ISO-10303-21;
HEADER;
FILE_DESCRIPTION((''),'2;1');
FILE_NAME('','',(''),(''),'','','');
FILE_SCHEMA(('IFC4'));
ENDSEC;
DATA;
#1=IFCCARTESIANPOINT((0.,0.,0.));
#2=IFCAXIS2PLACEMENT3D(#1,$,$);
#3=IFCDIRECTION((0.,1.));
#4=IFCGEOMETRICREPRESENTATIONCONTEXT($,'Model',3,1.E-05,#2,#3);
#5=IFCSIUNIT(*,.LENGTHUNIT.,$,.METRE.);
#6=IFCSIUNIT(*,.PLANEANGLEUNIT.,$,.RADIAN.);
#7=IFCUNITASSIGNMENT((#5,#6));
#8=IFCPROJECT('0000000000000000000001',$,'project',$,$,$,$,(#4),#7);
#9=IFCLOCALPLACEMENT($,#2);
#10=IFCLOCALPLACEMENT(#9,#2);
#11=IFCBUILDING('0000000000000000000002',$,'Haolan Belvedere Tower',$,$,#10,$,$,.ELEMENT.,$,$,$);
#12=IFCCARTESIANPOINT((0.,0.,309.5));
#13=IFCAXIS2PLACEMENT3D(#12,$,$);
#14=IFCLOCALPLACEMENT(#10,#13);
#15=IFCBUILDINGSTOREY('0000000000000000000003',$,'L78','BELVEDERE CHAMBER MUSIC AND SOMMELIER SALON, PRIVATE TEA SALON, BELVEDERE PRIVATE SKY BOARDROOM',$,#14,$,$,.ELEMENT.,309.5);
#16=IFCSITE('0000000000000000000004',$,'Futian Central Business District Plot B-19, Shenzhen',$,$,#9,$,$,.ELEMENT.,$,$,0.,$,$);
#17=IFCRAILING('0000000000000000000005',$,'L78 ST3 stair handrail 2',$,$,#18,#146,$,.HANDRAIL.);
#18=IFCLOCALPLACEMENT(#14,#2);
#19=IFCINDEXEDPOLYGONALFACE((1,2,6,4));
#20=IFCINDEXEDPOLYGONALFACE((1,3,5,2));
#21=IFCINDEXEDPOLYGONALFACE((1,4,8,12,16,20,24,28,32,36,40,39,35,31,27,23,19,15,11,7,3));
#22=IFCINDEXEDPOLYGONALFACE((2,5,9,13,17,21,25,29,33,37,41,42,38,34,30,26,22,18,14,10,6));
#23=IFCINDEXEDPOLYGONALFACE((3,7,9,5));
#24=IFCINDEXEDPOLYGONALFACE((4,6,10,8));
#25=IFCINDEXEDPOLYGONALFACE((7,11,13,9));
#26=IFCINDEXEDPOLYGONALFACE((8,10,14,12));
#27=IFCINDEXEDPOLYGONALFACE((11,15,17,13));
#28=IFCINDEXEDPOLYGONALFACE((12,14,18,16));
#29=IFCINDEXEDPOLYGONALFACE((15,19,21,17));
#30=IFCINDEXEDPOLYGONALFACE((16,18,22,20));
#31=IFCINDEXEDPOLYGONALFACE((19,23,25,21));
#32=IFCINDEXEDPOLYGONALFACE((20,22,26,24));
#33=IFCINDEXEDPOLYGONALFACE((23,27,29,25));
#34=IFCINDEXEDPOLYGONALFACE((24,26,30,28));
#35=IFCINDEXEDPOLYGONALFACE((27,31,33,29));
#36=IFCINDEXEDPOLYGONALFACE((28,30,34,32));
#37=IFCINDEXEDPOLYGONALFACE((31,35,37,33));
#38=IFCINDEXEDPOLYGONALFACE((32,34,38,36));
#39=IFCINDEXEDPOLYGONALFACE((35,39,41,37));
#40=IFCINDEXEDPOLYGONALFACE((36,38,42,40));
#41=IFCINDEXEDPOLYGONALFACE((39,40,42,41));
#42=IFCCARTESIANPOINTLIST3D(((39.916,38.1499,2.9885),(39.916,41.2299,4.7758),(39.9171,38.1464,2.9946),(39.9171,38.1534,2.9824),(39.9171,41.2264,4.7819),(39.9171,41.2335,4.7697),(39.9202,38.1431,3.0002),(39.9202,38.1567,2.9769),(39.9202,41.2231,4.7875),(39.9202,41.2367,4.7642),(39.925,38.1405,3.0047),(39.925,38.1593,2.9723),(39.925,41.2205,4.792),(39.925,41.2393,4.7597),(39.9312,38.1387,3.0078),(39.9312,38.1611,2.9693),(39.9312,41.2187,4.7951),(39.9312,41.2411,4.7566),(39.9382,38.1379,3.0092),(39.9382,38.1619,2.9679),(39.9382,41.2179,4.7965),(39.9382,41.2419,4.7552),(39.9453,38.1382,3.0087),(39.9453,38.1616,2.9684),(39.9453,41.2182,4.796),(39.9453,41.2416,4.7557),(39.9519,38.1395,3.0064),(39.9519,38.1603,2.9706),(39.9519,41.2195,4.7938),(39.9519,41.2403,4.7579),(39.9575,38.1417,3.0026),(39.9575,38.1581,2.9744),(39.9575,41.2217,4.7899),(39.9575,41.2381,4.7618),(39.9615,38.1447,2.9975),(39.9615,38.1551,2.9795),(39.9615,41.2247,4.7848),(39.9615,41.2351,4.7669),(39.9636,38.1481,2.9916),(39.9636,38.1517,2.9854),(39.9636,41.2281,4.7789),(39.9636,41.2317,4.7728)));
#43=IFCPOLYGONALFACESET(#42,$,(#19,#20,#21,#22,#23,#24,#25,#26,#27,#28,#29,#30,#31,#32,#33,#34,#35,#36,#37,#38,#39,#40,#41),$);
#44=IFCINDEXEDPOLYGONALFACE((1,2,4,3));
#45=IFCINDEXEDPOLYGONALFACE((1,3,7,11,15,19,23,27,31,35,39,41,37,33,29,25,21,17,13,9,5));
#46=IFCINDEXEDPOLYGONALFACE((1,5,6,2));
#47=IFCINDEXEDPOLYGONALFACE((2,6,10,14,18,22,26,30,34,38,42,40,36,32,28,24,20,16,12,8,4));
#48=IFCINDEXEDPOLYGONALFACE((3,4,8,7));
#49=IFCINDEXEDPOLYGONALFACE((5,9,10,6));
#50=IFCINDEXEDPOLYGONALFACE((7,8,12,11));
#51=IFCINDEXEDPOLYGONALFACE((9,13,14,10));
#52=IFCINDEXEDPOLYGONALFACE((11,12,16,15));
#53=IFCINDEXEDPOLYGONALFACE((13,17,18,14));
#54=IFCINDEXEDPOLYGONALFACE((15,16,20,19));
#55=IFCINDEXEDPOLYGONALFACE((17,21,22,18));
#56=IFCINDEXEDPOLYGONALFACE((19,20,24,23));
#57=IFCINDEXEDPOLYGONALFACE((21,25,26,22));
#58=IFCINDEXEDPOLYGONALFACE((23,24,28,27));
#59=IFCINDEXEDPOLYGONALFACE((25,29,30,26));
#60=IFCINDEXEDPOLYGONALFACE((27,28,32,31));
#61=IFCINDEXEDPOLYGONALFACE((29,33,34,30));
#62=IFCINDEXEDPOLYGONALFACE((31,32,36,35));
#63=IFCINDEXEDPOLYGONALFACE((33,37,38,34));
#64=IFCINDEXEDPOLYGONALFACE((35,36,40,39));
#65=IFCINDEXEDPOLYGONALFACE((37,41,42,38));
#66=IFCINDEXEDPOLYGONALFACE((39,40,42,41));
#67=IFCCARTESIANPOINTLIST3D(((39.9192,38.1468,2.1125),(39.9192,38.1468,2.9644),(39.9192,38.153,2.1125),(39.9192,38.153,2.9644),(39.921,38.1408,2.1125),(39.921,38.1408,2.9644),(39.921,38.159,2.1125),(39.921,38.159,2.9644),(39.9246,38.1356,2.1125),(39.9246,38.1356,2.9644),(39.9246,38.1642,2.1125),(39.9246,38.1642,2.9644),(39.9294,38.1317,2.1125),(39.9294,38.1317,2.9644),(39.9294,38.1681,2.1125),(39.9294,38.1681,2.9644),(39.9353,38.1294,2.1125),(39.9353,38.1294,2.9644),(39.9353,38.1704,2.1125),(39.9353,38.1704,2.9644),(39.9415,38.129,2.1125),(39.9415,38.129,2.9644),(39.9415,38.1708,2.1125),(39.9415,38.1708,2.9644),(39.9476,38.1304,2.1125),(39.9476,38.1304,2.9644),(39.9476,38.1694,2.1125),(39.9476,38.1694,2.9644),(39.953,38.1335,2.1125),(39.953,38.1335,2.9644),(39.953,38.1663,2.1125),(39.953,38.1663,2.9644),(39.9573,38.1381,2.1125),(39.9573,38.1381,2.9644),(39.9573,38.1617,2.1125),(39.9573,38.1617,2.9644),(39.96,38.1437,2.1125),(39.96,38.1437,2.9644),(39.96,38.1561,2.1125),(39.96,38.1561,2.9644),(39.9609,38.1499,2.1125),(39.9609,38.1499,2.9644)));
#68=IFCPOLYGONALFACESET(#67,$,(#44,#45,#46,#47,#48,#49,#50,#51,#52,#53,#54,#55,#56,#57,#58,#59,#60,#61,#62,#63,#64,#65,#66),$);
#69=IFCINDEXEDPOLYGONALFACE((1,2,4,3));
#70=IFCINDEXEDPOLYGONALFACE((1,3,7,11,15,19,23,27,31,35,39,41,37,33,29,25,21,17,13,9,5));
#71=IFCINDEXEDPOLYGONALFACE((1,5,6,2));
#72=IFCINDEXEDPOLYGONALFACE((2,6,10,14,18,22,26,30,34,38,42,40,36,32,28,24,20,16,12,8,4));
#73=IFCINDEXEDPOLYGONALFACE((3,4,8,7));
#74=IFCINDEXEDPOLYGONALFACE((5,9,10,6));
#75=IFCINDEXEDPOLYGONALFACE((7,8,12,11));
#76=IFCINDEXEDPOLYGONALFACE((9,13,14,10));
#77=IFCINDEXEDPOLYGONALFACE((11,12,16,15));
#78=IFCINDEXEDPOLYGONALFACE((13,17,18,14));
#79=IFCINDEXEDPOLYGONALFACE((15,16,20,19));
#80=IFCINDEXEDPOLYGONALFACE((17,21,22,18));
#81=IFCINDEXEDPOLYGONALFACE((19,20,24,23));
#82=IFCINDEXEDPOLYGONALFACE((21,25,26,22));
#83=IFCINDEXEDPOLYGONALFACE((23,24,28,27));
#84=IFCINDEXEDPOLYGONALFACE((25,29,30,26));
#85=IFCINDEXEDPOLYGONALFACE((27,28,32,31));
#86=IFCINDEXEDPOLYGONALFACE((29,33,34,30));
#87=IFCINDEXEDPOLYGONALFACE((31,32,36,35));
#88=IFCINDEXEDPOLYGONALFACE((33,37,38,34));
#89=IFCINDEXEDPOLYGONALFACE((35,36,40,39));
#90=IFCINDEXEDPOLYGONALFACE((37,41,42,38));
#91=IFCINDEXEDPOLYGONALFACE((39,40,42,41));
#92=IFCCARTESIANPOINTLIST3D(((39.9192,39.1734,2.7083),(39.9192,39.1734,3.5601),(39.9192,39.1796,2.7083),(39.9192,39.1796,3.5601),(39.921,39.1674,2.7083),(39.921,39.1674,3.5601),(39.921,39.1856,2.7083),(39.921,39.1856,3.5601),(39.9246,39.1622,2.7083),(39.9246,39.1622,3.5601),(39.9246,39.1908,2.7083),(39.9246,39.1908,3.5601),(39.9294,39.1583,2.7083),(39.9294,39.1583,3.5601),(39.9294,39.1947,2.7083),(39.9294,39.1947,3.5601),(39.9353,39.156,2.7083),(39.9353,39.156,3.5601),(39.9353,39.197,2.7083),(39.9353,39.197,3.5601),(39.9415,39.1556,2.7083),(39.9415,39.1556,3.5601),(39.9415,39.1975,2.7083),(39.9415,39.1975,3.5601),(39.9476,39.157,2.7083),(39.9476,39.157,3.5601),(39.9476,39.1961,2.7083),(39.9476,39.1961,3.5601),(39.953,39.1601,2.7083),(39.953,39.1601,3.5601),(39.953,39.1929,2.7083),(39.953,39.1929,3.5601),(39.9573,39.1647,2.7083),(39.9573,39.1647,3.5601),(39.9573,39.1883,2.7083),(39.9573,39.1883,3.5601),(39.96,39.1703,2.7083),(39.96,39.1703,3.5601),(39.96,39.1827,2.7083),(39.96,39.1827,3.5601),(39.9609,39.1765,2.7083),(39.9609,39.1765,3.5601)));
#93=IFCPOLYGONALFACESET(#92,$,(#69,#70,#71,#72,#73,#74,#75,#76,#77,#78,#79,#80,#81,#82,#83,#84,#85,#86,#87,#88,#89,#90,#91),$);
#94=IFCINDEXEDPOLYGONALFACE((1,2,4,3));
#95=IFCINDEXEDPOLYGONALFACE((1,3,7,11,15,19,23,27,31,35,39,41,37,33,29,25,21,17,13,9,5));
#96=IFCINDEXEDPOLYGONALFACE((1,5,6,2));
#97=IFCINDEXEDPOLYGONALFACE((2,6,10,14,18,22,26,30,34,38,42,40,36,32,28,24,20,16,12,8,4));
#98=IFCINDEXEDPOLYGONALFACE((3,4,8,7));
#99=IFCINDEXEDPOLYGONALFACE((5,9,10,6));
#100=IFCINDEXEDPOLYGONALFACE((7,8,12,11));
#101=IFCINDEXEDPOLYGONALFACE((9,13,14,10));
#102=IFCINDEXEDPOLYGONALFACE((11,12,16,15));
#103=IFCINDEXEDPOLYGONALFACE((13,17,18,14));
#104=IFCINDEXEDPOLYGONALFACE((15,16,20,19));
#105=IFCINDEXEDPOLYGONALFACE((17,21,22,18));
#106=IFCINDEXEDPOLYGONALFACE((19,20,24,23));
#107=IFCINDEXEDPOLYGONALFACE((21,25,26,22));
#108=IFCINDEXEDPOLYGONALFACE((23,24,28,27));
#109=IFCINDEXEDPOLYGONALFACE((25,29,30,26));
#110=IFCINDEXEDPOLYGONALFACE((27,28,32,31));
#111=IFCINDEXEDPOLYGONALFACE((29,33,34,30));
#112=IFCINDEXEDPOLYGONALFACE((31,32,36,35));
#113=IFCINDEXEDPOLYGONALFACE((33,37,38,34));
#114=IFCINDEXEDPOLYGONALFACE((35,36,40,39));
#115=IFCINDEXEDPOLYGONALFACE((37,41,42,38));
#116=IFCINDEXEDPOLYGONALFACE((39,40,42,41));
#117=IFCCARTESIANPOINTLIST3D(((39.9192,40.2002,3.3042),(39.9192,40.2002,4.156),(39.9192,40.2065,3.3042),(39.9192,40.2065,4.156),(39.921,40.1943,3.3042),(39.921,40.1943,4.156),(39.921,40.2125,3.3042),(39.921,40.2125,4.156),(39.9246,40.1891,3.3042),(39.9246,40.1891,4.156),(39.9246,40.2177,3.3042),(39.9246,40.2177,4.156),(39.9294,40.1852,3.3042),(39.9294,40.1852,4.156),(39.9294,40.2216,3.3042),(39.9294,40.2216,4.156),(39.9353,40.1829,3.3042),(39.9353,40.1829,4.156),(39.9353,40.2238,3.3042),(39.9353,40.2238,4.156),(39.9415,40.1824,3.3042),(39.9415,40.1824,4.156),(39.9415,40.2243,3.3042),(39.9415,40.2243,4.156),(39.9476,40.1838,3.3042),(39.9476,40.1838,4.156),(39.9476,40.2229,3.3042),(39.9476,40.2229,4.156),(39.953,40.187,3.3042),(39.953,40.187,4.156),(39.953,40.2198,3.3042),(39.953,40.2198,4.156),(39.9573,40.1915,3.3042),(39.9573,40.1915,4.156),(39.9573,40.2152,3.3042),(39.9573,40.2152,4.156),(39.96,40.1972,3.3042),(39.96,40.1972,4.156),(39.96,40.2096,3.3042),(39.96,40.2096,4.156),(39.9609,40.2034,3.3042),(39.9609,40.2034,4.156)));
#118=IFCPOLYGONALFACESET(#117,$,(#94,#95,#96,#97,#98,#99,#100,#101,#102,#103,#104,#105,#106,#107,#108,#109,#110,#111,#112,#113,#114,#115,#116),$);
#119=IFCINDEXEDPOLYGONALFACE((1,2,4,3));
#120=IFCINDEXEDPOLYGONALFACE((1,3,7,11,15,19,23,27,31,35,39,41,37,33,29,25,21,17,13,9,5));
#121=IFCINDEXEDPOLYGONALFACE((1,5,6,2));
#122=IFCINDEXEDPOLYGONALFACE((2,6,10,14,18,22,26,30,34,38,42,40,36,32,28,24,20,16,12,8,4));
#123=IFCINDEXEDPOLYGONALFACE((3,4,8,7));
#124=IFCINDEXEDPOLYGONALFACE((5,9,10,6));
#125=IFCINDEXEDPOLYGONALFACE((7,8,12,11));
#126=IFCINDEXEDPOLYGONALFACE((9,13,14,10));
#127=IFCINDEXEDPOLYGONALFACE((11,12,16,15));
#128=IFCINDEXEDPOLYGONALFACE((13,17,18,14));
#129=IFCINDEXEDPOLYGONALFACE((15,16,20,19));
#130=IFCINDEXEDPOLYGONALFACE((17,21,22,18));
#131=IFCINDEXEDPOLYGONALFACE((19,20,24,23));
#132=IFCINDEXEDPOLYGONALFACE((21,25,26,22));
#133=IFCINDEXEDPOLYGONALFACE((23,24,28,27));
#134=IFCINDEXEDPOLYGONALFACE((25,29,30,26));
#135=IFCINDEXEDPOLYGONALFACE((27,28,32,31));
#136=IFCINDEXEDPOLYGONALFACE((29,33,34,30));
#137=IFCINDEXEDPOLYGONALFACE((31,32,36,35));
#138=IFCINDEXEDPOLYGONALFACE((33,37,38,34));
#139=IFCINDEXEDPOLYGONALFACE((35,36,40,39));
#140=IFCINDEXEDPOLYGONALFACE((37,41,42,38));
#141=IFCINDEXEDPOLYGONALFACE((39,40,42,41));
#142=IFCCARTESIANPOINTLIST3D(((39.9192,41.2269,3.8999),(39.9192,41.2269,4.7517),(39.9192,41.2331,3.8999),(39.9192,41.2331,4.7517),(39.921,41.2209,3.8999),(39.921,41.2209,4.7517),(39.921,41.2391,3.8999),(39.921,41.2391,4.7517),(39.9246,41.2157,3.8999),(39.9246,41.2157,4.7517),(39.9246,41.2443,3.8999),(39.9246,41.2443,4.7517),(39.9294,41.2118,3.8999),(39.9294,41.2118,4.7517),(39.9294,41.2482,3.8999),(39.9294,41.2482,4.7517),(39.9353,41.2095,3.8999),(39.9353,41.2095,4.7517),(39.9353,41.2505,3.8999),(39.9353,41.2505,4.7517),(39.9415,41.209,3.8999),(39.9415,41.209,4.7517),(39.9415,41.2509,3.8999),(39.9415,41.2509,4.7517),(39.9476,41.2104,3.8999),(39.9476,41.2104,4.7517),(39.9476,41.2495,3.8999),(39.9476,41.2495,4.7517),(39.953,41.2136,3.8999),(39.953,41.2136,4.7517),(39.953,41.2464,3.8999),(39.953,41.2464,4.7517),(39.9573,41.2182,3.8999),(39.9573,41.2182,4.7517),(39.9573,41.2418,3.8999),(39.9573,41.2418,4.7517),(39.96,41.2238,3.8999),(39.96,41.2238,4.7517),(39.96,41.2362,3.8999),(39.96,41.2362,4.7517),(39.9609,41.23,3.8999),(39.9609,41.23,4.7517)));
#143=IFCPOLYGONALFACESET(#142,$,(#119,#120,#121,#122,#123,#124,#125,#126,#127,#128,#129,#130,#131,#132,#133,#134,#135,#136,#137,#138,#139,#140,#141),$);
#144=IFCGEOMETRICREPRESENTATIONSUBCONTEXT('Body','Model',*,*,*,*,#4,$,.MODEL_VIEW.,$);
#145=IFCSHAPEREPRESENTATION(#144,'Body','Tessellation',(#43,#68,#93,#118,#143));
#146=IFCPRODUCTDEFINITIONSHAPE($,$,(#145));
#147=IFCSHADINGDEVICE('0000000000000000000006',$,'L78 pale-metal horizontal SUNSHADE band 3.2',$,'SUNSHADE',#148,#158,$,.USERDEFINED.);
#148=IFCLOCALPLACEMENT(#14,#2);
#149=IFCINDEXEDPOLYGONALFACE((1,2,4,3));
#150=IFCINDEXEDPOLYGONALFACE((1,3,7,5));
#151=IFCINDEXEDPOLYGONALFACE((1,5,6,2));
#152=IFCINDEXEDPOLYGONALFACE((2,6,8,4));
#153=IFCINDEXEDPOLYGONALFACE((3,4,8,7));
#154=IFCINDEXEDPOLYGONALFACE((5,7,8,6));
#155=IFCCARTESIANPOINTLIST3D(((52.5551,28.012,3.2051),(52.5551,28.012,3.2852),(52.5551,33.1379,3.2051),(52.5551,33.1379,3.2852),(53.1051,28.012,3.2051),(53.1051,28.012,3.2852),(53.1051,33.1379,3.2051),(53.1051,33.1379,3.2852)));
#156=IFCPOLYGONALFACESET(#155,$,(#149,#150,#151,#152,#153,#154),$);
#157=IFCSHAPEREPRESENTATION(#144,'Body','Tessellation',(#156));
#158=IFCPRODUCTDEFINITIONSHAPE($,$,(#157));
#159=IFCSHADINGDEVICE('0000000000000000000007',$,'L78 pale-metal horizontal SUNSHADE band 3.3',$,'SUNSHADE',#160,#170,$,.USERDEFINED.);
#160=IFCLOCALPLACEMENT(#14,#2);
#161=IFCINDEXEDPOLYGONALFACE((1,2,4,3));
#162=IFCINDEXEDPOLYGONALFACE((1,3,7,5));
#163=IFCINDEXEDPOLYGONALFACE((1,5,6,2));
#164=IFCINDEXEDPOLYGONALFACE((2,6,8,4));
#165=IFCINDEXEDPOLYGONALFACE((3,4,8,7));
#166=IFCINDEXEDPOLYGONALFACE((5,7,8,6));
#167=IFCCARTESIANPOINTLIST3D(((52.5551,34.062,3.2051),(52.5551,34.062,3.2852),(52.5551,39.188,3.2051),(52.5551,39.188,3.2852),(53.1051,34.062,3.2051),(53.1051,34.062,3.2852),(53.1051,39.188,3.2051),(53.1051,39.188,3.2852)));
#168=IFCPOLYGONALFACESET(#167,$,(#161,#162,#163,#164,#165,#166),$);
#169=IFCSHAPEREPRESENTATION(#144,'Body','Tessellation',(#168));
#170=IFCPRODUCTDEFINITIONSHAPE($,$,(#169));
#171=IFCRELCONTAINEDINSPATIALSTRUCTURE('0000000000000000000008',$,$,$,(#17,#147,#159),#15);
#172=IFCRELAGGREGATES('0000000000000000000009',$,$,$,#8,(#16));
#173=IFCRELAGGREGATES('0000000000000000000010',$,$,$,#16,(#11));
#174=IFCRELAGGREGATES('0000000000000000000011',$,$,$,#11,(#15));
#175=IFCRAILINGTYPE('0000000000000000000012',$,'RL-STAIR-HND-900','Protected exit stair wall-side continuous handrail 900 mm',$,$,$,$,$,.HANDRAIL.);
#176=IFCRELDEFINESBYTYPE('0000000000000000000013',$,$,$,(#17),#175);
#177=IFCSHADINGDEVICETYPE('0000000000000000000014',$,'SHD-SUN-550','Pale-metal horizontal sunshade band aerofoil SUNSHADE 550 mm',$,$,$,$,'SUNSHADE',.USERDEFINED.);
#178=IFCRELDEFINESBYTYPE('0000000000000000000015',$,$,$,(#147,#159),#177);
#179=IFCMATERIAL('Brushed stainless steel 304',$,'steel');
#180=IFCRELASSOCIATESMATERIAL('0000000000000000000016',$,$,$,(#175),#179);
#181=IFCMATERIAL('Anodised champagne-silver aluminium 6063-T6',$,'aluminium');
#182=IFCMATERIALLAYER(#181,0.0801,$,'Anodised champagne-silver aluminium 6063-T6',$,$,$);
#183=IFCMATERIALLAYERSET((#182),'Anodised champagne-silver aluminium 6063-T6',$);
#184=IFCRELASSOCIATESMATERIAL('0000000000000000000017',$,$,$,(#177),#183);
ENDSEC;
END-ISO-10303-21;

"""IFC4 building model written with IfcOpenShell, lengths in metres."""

from ifc_helpers import new_model, si_unit, direction, frame, origin, origin_2d, place, context, subcontext, project, spatial, rectangle, circle, extrude, material, layer, layer_set, type_object, element, save


model = new_model("IFC4")

# Units and contexts
model_context = context("Model", 3, precision=1e-05, world=origin(), true_north=direction((0.0, 1.0)))
body_context = subcontext(model_context, "Body", "Model", "MODEL_VIEW")
ifc_project = project(units=[si_unit("LENGTHUNIT", "METRE"), si_unit("PLANEANGLEUNIT", "RADIAN")], contexts=[model_context])

# Site, building, storey
site_placement = place(None, origin())
site = spatial("IfcSite", under=ifc_project, at=site_placement, Name="Futian Central Business District Plot B-19, Shenzhen", CompositionType="ELEMENT", RefElevation=0.0)
building_placement = place(site_placement, origin())
building = spatial("IfcBuilding", under=site, at=building_placement, Name="Haolan Belvedere Tower", CompositionType="ELEMENT")
storey_placement = place(building_placement, frame((0.0, 0.0, 309.5)))
storey = spatial("IfcBuildingStorey", under=building, at=storey_placement, Name="L78", Description="BELVEDERE CHAMBER MUSIC AND SOMMELIER SALON, PRIVATE TEA SALON, BELVEDERE PRIVATE SKY BOARDROOM", CompositionType="ELEMENT", Elevation=309.5)

# Railing
ifc_material_1 = material(Name="Brushed stainless steel 304", Category="steel")
railing_type_1 = type_object("IfcRailingType", Name="RL-STAIR-HND-900", Description="Protected exit stair wall-side continuous handrail 900 mm", PredefinedType="HANDRAIL", material=ifc_material_1)
railing_1_placement = place(storey_placement, frame((39.9399, 38.1499, 2.1125)))
element("IfcRailing", 1, at=railing_1_placement, inside=storey, type_object=railing_type_1, Name="L78 ST3 stair handrail 2", PredefinedType="HANDRAIL", context=body_context, shape_type="SweptSolid", body=[
    extrude(circle(Radius=0.0239, at=origin_2d()), frame((0.0, 0.0, 0.876), z_axis=(0.0, 0.86492, 0.501909), x_axis=(-1.0, 0.0, 0.0)), (0.0, 0.0, 1.0), 3.561),
    extrude(circle(Radius=0.021, at=origin_2d()), origin(), (0.0, 0.0, 1.0), 0.8518),
    extrude(circle(Radius=0.021, at=origin_2d()), frame((0.0, 1.0266, 0.5957)), (0.0, 0.0, 1.0), 0.8518),
    extrude(circle(Radius=0.021, at=origin_2d()), frame((0.0, 2.0535, 1.1917)), (0.0, 0.0, 1.0), 0.8518),
    extrude(circle(Radius=0.021, at=origin_2d()), frame((0.0, 3.0801, 1.7874)), (0.0, 0.0, 1.0), 0.8518),
])

# Shading devices
ifc_material_2 = material(Name="Anodised champagne-silver aluminium 6063-T6", Category="aluminium")
ifc_layer_1 = layer(ifc_material_2, 0.0801, Name="Anodised champagne-silver aluminium 6063-T6")
ifc_layer_set_1 = layer_set([ifc_layer_1], Name="Anodised champagne-silver aluminium 6063-T6")
shading_device_type = type_object("IfcShadingDeviceType", Name="SHD-SUN-550", Description="Pale-metal horizontal sunshade band aerofoil SUNSHADE 550 mm", ElementType="SUNSHADE", PredefinedType="USERDEFINED", material=ifc_layer_set_1)
for number, where, z_axis, x_axis, name in (
    (2, (52.8301, 30.575, 3.2051), (0.0, 0.0, 1.0), (0.0, 1.0, 0.0), "L78 pale-metal horizontal SUNSHADE band 3.2"),
    (3, (52.8301, 36.625, 3.2051), (0.0, 0.0, 1.0), (0.0, 1.0, 0.0), "L78 pale-metal horizontal SUNSHADE band 3.3"),
):
    element("IfcShadingDevice", number, at=place(storey_placement, frame(where, z_axis=z_axis, x_axis=x_axis)), inside=storey, type_object=shading_device_type, Name=name, ObjectType="SUNSHADE", PredefinedType="USERDEFINED", context=body_context, shape_type="SweptSolid", body=[
        extrude(rectangle(XDim=5.126, YDim=0.55, at=origin_2d()), origin(), (0.0, 0.0, 1.0), 0.0801),
    ])

save(model, "model.ifc")
